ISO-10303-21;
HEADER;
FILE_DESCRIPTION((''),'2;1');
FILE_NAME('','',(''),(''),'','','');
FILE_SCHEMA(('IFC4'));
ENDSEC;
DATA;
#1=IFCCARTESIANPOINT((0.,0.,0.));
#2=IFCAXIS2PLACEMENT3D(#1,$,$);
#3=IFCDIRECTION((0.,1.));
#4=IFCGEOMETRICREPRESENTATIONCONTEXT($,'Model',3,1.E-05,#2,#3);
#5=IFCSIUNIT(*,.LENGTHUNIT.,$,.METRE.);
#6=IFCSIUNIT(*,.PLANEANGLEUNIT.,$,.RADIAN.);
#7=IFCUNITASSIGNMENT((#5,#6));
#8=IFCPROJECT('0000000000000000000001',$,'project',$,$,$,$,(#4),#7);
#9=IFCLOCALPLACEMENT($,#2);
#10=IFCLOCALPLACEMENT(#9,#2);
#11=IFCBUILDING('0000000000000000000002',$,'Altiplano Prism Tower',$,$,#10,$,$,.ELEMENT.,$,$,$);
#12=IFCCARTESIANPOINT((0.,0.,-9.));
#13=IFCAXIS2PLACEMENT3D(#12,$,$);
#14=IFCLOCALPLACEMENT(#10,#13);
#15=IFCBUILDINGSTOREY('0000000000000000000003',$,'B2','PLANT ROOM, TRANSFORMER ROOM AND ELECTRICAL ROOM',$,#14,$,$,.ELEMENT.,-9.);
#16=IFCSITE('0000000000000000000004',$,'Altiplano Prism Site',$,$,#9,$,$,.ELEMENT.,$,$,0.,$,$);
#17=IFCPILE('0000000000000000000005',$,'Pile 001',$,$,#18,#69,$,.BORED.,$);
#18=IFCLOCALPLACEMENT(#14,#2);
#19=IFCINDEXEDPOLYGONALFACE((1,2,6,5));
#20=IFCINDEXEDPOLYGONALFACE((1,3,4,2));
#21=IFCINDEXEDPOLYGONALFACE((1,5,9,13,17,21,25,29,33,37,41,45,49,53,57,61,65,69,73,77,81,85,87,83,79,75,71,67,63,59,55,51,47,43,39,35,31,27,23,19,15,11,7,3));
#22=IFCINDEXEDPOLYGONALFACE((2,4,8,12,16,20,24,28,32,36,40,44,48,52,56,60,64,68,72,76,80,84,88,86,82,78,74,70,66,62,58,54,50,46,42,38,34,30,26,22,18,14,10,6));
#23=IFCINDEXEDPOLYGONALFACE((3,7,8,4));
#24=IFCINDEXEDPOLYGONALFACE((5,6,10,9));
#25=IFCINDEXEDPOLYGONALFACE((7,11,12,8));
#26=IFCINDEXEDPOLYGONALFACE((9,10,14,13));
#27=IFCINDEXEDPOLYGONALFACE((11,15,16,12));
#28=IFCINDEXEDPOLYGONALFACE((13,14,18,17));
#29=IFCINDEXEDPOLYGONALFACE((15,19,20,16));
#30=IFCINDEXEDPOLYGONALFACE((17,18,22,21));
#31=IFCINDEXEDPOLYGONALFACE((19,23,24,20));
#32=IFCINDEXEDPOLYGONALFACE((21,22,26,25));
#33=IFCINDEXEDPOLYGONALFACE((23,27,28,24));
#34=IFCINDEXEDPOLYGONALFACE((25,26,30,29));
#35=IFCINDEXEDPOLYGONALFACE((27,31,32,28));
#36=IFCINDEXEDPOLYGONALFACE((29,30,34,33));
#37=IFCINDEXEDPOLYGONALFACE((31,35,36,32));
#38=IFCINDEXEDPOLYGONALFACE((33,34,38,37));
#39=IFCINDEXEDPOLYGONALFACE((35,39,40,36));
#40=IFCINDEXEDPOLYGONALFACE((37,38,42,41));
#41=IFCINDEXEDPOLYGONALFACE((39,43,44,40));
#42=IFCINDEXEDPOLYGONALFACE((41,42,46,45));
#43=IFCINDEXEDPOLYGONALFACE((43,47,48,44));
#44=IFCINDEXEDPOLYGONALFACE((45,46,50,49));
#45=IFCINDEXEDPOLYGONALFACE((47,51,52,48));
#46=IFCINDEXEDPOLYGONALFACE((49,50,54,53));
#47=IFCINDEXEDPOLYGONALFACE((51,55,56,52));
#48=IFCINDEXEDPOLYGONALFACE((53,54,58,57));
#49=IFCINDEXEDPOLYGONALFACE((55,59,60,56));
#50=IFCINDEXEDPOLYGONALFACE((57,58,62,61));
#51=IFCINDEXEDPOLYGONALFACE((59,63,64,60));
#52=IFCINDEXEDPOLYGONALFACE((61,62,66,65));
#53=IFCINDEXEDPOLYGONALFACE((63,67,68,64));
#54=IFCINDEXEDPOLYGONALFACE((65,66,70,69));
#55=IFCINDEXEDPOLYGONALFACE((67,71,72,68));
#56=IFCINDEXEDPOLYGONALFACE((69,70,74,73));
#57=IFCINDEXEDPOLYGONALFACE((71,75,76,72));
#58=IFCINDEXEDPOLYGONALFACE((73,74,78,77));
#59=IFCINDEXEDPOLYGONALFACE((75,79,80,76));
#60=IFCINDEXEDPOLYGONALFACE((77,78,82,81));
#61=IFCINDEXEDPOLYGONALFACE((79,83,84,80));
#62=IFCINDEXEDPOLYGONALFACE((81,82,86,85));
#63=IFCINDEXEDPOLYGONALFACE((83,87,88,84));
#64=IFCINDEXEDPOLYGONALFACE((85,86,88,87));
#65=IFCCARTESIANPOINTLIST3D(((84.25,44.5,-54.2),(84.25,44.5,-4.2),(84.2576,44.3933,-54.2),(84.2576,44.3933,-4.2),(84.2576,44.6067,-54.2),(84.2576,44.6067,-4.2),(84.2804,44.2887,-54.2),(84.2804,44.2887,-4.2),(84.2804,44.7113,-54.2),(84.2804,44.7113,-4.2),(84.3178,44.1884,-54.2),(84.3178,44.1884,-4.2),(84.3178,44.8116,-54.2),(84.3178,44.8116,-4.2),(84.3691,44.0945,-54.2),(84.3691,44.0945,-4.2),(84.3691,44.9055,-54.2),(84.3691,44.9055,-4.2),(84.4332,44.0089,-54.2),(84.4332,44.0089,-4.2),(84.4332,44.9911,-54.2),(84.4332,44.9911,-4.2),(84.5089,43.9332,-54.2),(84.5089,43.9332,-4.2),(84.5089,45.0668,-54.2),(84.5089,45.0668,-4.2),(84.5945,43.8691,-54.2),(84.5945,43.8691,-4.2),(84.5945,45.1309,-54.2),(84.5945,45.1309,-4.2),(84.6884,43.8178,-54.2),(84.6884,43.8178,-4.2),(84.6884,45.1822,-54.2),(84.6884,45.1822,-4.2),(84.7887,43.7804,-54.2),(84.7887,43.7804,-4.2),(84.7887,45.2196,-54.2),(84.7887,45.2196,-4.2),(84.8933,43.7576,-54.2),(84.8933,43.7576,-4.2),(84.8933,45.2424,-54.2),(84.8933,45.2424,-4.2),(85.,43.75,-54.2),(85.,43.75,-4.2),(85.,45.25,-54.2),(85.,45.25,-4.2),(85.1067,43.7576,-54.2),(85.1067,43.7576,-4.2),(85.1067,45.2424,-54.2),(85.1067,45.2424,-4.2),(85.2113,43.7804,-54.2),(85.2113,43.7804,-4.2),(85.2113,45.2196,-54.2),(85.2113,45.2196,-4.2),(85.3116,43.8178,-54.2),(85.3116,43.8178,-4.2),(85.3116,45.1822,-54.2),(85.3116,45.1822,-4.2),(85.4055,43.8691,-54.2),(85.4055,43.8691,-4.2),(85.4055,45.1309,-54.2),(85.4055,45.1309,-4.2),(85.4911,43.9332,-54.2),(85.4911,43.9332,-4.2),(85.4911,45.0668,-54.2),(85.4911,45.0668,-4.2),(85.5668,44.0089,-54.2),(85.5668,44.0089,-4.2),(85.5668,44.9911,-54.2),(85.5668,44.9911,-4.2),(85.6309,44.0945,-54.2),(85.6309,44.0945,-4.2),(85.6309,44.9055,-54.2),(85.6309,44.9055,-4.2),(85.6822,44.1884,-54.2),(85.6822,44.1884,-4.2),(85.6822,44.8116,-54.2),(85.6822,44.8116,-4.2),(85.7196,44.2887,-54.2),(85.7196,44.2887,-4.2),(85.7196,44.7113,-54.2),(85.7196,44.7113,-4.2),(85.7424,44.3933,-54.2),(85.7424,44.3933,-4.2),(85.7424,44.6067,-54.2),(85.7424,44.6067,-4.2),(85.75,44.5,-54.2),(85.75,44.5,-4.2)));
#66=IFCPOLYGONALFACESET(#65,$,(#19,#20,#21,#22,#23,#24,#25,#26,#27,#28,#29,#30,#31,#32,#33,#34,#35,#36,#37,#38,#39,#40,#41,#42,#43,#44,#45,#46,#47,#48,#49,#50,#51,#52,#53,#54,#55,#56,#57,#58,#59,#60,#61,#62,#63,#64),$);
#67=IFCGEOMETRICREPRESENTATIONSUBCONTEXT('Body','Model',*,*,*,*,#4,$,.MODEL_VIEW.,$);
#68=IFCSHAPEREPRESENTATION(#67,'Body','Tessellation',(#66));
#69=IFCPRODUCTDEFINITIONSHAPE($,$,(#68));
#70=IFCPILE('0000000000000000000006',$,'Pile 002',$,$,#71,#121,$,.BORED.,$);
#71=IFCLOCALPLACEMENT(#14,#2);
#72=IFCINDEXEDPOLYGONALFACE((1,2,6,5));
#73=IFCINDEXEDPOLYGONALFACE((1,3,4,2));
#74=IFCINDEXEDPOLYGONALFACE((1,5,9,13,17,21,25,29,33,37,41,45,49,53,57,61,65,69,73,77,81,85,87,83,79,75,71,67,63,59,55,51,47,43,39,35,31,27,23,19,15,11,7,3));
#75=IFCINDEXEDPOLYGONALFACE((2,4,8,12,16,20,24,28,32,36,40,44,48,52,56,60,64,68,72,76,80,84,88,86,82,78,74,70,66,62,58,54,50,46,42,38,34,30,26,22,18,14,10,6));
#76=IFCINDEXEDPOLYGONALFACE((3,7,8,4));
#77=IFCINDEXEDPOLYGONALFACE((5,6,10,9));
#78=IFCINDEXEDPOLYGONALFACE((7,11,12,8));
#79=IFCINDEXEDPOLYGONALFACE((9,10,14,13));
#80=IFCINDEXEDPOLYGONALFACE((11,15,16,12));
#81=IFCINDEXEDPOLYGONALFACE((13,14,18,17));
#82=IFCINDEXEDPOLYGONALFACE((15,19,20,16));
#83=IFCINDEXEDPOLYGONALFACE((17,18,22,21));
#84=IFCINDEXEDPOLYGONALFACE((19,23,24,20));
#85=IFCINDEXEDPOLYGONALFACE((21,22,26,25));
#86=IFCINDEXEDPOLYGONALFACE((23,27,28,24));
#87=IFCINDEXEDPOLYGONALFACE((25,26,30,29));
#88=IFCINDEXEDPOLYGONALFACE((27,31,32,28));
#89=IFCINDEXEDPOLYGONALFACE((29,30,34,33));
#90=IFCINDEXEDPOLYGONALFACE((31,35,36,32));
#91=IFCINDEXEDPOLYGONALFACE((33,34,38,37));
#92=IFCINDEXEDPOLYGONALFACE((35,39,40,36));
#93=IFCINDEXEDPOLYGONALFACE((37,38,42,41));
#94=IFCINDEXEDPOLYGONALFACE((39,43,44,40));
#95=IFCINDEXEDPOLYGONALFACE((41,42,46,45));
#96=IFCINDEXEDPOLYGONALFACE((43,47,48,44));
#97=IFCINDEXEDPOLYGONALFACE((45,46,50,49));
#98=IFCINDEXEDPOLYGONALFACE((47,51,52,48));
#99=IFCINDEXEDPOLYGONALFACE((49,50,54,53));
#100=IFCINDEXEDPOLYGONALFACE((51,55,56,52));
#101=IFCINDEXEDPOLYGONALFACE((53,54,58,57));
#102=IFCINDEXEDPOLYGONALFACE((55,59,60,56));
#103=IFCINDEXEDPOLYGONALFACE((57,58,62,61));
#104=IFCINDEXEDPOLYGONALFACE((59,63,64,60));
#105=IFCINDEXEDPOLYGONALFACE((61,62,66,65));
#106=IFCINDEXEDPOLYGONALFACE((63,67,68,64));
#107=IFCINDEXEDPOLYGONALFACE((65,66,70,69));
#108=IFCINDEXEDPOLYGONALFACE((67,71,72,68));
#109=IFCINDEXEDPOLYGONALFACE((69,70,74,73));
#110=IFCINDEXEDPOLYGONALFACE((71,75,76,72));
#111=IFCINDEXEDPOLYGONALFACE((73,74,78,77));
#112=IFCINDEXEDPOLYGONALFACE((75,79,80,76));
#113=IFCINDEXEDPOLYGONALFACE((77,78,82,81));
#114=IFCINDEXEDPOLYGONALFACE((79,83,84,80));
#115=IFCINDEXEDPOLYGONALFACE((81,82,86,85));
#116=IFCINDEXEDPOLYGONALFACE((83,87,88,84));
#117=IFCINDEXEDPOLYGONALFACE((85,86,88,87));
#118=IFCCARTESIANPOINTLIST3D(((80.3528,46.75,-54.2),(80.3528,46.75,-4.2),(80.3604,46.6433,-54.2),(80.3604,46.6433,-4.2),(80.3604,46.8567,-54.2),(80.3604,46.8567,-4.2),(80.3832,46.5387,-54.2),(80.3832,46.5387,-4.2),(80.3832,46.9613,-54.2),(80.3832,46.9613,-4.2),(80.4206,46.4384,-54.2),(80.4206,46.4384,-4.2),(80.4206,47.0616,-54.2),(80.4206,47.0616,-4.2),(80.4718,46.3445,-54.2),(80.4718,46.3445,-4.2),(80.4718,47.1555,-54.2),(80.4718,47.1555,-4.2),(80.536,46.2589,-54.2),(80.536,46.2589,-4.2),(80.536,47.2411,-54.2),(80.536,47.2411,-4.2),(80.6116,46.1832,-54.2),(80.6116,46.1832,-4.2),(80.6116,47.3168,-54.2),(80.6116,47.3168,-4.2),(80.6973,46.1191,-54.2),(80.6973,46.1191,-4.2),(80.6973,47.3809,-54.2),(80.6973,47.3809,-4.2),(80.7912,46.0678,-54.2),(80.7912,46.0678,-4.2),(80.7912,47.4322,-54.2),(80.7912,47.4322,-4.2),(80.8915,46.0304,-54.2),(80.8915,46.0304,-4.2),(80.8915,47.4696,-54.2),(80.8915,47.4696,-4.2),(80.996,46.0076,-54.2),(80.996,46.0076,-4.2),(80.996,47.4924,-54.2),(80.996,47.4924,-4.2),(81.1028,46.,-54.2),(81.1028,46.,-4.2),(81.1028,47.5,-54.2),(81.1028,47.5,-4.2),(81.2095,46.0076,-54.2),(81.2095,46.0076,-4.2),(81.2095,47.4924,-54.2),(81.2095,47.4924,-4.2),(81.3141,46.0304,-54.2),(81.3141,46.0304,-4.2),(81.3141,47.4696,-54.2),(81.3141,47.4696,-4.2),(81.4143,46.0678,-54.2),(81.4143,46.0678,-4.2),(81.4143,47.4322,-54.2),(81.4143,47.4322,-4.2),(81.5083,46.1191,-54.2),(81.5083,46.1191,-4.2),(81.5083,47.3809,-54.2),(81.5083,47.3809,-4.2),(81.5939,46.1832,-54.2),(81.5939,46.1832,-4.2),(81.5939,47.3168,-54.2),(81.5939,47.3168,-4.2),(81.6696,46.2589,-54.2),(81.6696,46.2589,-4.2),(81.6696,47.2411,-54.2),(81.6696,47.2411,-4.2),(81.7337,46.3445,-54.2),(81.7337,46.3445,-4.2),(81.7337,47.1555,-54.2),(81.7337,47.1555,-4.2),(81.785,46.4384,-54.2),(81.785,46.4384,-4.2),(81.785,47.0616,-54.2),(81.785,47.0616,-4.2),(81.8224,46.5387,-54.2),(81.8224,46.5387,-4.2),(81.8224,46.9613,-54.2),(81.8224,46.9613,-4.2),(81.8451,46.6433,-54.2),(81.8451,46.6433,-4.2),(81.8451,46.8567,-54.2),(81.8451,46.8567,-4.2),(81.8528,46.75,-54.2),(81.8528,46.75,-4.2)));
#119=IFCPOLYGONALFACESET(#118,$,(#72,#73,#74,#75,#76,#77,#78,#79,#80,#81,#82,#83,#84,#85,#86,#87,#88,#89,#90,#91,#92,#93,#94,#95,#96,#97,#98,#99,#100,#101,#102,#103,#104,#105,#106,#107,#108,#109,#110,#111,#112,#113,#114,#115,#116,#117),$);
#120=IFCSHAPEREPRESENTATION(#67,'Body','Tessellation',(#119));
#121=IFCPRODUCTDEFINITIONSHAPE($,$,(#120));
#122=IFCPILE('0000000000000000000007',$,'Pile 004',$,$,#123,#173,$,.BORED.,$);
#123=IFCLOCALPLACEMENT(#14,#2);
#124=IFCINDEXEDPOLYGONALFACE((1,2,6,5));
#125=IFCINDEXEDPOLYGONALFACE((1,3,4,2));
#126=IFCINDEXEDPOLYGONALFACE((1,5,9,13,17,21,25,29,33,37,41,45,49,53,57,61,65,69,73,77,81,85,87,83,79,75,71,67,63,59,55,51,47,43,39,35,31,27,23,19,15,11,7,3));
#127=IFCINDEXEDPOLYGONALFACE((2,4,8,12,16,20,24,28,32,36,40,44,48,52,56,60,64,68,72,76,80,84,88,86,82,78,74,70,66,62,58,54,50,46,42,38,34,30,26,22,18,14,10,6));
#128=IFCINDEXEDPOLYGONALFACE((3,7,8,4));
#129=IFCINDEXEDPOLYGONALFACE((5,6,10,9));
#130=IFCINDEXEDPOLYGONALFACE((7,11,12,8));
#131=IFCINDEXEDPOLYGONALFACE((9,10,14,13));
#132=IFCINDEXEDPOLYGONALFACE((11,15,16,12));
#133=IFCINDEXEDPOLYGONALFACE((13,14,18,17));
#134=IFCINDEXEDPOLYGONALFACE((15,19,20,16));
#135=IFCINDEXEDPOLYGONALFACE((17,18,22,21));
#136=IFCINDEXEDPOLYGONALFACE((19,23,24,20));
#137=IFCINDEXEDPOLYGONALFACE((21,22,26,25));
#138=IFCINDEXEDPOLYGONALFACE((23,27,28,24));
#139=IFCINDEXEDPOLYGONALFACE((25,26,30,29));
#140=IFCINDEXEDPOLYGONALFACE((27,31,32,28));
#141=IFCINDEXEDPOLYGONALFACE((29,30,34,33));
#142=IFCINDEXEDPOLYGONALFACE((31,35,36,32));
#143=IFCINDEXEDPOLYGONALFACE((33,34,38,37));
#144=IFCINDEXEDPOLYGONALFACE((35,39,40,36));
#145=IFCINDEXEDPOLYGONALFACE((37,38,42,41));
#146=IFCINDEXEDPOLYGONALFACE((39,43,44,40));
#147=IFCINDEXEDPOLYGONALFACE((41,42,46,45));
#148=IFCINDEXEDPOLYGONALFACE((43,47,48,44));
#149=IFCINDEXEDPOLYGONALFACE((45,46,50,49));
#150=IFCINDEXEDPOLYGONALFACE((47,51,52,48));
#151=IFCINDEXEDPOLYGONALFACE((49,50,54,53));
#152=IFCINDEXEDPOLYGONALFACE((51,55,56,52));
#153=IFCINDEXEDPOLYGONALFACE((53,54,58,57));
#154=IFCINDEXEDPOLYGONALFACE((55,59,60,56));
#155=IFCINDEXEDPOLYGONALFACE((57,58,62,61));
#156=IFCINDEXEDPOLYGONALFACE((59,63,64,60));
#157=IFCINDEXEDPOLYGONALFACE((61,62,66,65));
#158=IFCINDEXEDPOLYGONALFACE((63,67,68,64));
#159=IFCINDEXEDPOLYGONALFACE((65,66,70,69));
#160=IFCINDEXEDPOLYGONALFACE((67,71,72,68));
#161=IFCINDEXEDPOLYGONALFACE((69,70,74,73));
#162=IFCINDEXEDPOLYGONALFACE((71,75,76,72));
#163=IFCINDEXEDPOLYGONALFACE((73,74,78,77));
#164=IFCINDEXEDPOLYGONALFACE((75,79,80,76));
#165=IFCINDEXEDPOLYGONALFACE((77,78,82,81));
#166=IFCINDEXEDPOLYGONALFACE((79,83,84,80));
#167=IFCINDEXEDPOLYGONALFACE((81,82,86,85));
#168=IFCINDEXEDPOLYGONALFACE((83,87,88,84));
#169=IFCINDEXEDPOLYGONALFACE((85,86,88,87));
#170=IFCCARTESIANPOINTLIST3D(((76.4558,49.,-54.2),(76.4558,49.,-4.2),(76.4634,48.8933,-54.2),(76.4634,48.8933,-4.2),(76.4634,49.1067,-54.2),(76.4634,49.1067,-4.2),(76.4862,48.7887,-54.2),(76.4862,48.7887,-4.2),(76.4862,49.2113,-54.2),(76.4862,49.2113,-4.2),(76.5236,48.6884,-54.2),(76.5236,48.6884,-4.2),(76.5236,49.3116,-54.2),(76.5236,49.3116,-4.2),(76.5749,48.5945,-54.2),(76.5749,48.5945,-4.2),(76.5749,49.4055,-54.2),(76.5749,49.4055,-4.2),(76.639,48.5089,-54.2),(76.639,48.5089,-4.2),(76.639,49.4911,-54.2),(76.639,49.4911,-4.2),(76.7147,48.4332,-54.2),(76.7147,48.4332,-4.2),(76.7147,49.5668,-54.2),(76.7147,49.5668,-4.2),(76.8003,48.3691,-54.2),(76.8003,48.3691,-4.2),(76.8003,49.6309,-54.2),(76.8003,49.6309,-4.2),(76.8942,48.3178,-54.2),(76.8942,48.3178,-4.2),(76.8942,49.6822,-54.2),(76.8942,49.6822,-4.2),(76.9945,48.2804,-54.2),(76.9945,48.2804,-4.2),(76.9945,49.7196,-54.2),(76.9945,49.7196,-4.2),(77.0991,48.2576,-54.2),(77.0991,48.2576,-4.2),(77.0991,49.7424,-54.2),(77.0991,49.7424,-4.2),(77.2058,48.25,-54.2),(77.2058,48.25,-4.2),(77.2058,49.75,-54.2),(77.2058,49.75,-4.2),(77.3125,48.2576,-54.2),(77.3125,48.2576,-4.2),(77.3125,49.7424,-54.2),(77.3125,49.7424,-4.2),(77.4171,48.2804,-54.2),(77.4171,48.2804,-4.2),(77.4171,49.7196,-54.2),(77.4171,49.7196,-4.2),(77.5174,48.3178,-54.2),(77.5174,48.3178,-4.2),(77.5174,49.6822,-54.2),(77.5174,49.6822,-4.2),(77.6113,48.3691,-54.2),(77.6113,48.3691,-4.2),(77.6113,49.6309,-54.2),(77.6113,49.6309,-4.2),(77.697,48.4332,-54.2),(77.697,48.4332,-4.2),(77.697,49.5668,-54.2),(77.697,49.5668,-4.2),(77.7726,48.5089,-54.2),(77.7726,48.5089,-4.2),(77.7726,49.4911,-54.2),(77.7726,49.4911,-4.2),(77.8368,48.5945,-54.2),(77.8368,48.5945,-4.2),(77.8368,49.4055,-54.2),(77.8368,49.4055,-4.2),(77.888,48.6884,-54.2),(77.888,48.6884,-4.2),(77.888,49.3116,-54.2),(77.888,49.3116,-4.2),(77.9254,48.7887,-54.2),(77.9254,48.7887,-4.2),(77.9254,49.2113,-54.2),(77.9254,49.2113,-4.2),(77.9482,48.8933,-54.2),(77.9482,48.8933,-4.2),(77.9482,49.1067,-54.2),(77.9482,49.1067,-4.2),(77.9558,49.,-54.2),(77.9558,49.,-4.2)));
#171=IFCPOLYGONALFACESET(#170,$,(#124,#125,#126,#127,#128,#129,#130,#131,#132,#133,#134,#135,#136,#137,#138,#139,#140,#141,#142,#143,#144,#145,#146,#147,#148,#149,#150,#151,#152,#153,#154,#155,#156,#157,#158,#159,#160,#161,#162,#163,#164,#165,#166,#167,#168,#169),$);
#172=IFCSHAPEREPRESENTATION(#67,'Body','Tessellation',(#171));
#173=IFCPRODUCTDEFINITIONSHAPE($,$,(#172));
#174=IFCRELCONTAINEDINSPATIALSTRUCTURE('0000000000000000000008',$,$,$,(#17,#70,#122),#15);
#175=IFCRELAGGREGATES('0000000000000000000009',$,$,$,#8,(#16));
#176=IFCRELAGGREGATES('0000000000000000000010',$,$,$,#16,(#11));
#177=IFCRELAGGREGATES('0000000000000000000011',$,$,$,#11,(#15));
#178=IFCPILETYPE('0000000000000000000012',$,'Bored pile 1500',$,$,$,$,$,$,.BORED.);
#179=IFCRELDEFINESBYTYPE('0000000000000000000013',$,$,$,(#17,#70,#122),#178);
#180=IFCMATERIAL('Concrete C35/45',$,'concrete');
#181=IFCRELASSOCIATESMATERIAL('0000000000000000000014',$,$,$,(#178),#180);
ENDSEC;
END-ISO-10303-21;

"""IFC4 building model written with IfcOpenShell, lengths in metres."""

from ifc_helpers import new_model, si_unit, direction, frame, origin, origin_2d, place, context, subcontext, project, spatial, circle, extrude, material, material_profile, profile_set, type_object, element, save


model = new_model("IFC4")

# Units and contexts
model_context = context("Model", 3, precision=1e-05, world=origin(), true_north=direction((0.0, 1.0)))
body_context = subcontext(model_context, "Body", "Model", "MODEL_VIEW")
ifc_project = project(units=[si_unit("LENGTHUNIT", "METRE"), si_unit("PLANEANGLEUNIT", "RADIAN")], contexts=[model_context])

# Site, building, storey
site_placement = place(None, origin())
site = spatial("IfcSite", under=ifc_project, at=site_placement, Name="Altiplano Prism Site", CompositionType="ELEMENT", RefElevation=0.0)
building_placement = place(site_placement, origin())
building = spatial("IfcBuilding", under=site, at=building_placement, Name="Altiplano Prism Tower", CompositionType="ELEMENT")
storey_placement = place(building_placement, frame((0.0, 0.0, -9.0)))
storey = spatial("IfcBuildingStorey", under=building, at=storey_placement, Name="B2", Description="PLANT ROOM, TRANSFORMER ROOM AND ELECTRICAL ROOM", CompositionType="ELEMENT", Elevation=-9.0)

# Piles
ifc_material_1 = material(Name="Concrete C35/45", Category="concrete")
ifc_material_profile_1 = material_profile(ifc_material_1, circle(Radius=0.75, at=origin_2d()), Name="Bored pile 1500")
ifc_profile_set_1 = profile_set([ifc_material_profile_1], Name="Concrete C35/45")
pile_type = type_object("IfcPileType", Name="Bored pile 1500", PredefinedType="BORED", material=ifc_profile_set_1)
for number, where, z_axis, x_axis, name in (
    (1, (85.0, 44.5, -4.2), (0.0, 0.0, -1.0), (1.0, 0.0, 0.0), "Pile 001"),
    (2, (81.1028, 46.75, -4.2), (0.0, 0.0, -1.0), (1.0, 0.0, 0.0), "Pile 002"),
    (3, (77.2058, 49.0, -4.2), (0.0, 0.0, -1.0), (1.0, 0.0, 0.0), "Pile 004"),
):
    element("IfcPile", number, at=place(storey_placement, frame(where, z_axis=z_axis, x_axis=x_axis)), inside=storey, type_object=pile_type, Name=name, PredefinedType="BORED", context=body_context, shape_type="SweptSolid", body=[
        extrude(circle(Radius=0.75, at=origin_2d()), origin(), (0.0, 0.0, 1.0), 50.0),
    ])

save(model, "model.ifc")
